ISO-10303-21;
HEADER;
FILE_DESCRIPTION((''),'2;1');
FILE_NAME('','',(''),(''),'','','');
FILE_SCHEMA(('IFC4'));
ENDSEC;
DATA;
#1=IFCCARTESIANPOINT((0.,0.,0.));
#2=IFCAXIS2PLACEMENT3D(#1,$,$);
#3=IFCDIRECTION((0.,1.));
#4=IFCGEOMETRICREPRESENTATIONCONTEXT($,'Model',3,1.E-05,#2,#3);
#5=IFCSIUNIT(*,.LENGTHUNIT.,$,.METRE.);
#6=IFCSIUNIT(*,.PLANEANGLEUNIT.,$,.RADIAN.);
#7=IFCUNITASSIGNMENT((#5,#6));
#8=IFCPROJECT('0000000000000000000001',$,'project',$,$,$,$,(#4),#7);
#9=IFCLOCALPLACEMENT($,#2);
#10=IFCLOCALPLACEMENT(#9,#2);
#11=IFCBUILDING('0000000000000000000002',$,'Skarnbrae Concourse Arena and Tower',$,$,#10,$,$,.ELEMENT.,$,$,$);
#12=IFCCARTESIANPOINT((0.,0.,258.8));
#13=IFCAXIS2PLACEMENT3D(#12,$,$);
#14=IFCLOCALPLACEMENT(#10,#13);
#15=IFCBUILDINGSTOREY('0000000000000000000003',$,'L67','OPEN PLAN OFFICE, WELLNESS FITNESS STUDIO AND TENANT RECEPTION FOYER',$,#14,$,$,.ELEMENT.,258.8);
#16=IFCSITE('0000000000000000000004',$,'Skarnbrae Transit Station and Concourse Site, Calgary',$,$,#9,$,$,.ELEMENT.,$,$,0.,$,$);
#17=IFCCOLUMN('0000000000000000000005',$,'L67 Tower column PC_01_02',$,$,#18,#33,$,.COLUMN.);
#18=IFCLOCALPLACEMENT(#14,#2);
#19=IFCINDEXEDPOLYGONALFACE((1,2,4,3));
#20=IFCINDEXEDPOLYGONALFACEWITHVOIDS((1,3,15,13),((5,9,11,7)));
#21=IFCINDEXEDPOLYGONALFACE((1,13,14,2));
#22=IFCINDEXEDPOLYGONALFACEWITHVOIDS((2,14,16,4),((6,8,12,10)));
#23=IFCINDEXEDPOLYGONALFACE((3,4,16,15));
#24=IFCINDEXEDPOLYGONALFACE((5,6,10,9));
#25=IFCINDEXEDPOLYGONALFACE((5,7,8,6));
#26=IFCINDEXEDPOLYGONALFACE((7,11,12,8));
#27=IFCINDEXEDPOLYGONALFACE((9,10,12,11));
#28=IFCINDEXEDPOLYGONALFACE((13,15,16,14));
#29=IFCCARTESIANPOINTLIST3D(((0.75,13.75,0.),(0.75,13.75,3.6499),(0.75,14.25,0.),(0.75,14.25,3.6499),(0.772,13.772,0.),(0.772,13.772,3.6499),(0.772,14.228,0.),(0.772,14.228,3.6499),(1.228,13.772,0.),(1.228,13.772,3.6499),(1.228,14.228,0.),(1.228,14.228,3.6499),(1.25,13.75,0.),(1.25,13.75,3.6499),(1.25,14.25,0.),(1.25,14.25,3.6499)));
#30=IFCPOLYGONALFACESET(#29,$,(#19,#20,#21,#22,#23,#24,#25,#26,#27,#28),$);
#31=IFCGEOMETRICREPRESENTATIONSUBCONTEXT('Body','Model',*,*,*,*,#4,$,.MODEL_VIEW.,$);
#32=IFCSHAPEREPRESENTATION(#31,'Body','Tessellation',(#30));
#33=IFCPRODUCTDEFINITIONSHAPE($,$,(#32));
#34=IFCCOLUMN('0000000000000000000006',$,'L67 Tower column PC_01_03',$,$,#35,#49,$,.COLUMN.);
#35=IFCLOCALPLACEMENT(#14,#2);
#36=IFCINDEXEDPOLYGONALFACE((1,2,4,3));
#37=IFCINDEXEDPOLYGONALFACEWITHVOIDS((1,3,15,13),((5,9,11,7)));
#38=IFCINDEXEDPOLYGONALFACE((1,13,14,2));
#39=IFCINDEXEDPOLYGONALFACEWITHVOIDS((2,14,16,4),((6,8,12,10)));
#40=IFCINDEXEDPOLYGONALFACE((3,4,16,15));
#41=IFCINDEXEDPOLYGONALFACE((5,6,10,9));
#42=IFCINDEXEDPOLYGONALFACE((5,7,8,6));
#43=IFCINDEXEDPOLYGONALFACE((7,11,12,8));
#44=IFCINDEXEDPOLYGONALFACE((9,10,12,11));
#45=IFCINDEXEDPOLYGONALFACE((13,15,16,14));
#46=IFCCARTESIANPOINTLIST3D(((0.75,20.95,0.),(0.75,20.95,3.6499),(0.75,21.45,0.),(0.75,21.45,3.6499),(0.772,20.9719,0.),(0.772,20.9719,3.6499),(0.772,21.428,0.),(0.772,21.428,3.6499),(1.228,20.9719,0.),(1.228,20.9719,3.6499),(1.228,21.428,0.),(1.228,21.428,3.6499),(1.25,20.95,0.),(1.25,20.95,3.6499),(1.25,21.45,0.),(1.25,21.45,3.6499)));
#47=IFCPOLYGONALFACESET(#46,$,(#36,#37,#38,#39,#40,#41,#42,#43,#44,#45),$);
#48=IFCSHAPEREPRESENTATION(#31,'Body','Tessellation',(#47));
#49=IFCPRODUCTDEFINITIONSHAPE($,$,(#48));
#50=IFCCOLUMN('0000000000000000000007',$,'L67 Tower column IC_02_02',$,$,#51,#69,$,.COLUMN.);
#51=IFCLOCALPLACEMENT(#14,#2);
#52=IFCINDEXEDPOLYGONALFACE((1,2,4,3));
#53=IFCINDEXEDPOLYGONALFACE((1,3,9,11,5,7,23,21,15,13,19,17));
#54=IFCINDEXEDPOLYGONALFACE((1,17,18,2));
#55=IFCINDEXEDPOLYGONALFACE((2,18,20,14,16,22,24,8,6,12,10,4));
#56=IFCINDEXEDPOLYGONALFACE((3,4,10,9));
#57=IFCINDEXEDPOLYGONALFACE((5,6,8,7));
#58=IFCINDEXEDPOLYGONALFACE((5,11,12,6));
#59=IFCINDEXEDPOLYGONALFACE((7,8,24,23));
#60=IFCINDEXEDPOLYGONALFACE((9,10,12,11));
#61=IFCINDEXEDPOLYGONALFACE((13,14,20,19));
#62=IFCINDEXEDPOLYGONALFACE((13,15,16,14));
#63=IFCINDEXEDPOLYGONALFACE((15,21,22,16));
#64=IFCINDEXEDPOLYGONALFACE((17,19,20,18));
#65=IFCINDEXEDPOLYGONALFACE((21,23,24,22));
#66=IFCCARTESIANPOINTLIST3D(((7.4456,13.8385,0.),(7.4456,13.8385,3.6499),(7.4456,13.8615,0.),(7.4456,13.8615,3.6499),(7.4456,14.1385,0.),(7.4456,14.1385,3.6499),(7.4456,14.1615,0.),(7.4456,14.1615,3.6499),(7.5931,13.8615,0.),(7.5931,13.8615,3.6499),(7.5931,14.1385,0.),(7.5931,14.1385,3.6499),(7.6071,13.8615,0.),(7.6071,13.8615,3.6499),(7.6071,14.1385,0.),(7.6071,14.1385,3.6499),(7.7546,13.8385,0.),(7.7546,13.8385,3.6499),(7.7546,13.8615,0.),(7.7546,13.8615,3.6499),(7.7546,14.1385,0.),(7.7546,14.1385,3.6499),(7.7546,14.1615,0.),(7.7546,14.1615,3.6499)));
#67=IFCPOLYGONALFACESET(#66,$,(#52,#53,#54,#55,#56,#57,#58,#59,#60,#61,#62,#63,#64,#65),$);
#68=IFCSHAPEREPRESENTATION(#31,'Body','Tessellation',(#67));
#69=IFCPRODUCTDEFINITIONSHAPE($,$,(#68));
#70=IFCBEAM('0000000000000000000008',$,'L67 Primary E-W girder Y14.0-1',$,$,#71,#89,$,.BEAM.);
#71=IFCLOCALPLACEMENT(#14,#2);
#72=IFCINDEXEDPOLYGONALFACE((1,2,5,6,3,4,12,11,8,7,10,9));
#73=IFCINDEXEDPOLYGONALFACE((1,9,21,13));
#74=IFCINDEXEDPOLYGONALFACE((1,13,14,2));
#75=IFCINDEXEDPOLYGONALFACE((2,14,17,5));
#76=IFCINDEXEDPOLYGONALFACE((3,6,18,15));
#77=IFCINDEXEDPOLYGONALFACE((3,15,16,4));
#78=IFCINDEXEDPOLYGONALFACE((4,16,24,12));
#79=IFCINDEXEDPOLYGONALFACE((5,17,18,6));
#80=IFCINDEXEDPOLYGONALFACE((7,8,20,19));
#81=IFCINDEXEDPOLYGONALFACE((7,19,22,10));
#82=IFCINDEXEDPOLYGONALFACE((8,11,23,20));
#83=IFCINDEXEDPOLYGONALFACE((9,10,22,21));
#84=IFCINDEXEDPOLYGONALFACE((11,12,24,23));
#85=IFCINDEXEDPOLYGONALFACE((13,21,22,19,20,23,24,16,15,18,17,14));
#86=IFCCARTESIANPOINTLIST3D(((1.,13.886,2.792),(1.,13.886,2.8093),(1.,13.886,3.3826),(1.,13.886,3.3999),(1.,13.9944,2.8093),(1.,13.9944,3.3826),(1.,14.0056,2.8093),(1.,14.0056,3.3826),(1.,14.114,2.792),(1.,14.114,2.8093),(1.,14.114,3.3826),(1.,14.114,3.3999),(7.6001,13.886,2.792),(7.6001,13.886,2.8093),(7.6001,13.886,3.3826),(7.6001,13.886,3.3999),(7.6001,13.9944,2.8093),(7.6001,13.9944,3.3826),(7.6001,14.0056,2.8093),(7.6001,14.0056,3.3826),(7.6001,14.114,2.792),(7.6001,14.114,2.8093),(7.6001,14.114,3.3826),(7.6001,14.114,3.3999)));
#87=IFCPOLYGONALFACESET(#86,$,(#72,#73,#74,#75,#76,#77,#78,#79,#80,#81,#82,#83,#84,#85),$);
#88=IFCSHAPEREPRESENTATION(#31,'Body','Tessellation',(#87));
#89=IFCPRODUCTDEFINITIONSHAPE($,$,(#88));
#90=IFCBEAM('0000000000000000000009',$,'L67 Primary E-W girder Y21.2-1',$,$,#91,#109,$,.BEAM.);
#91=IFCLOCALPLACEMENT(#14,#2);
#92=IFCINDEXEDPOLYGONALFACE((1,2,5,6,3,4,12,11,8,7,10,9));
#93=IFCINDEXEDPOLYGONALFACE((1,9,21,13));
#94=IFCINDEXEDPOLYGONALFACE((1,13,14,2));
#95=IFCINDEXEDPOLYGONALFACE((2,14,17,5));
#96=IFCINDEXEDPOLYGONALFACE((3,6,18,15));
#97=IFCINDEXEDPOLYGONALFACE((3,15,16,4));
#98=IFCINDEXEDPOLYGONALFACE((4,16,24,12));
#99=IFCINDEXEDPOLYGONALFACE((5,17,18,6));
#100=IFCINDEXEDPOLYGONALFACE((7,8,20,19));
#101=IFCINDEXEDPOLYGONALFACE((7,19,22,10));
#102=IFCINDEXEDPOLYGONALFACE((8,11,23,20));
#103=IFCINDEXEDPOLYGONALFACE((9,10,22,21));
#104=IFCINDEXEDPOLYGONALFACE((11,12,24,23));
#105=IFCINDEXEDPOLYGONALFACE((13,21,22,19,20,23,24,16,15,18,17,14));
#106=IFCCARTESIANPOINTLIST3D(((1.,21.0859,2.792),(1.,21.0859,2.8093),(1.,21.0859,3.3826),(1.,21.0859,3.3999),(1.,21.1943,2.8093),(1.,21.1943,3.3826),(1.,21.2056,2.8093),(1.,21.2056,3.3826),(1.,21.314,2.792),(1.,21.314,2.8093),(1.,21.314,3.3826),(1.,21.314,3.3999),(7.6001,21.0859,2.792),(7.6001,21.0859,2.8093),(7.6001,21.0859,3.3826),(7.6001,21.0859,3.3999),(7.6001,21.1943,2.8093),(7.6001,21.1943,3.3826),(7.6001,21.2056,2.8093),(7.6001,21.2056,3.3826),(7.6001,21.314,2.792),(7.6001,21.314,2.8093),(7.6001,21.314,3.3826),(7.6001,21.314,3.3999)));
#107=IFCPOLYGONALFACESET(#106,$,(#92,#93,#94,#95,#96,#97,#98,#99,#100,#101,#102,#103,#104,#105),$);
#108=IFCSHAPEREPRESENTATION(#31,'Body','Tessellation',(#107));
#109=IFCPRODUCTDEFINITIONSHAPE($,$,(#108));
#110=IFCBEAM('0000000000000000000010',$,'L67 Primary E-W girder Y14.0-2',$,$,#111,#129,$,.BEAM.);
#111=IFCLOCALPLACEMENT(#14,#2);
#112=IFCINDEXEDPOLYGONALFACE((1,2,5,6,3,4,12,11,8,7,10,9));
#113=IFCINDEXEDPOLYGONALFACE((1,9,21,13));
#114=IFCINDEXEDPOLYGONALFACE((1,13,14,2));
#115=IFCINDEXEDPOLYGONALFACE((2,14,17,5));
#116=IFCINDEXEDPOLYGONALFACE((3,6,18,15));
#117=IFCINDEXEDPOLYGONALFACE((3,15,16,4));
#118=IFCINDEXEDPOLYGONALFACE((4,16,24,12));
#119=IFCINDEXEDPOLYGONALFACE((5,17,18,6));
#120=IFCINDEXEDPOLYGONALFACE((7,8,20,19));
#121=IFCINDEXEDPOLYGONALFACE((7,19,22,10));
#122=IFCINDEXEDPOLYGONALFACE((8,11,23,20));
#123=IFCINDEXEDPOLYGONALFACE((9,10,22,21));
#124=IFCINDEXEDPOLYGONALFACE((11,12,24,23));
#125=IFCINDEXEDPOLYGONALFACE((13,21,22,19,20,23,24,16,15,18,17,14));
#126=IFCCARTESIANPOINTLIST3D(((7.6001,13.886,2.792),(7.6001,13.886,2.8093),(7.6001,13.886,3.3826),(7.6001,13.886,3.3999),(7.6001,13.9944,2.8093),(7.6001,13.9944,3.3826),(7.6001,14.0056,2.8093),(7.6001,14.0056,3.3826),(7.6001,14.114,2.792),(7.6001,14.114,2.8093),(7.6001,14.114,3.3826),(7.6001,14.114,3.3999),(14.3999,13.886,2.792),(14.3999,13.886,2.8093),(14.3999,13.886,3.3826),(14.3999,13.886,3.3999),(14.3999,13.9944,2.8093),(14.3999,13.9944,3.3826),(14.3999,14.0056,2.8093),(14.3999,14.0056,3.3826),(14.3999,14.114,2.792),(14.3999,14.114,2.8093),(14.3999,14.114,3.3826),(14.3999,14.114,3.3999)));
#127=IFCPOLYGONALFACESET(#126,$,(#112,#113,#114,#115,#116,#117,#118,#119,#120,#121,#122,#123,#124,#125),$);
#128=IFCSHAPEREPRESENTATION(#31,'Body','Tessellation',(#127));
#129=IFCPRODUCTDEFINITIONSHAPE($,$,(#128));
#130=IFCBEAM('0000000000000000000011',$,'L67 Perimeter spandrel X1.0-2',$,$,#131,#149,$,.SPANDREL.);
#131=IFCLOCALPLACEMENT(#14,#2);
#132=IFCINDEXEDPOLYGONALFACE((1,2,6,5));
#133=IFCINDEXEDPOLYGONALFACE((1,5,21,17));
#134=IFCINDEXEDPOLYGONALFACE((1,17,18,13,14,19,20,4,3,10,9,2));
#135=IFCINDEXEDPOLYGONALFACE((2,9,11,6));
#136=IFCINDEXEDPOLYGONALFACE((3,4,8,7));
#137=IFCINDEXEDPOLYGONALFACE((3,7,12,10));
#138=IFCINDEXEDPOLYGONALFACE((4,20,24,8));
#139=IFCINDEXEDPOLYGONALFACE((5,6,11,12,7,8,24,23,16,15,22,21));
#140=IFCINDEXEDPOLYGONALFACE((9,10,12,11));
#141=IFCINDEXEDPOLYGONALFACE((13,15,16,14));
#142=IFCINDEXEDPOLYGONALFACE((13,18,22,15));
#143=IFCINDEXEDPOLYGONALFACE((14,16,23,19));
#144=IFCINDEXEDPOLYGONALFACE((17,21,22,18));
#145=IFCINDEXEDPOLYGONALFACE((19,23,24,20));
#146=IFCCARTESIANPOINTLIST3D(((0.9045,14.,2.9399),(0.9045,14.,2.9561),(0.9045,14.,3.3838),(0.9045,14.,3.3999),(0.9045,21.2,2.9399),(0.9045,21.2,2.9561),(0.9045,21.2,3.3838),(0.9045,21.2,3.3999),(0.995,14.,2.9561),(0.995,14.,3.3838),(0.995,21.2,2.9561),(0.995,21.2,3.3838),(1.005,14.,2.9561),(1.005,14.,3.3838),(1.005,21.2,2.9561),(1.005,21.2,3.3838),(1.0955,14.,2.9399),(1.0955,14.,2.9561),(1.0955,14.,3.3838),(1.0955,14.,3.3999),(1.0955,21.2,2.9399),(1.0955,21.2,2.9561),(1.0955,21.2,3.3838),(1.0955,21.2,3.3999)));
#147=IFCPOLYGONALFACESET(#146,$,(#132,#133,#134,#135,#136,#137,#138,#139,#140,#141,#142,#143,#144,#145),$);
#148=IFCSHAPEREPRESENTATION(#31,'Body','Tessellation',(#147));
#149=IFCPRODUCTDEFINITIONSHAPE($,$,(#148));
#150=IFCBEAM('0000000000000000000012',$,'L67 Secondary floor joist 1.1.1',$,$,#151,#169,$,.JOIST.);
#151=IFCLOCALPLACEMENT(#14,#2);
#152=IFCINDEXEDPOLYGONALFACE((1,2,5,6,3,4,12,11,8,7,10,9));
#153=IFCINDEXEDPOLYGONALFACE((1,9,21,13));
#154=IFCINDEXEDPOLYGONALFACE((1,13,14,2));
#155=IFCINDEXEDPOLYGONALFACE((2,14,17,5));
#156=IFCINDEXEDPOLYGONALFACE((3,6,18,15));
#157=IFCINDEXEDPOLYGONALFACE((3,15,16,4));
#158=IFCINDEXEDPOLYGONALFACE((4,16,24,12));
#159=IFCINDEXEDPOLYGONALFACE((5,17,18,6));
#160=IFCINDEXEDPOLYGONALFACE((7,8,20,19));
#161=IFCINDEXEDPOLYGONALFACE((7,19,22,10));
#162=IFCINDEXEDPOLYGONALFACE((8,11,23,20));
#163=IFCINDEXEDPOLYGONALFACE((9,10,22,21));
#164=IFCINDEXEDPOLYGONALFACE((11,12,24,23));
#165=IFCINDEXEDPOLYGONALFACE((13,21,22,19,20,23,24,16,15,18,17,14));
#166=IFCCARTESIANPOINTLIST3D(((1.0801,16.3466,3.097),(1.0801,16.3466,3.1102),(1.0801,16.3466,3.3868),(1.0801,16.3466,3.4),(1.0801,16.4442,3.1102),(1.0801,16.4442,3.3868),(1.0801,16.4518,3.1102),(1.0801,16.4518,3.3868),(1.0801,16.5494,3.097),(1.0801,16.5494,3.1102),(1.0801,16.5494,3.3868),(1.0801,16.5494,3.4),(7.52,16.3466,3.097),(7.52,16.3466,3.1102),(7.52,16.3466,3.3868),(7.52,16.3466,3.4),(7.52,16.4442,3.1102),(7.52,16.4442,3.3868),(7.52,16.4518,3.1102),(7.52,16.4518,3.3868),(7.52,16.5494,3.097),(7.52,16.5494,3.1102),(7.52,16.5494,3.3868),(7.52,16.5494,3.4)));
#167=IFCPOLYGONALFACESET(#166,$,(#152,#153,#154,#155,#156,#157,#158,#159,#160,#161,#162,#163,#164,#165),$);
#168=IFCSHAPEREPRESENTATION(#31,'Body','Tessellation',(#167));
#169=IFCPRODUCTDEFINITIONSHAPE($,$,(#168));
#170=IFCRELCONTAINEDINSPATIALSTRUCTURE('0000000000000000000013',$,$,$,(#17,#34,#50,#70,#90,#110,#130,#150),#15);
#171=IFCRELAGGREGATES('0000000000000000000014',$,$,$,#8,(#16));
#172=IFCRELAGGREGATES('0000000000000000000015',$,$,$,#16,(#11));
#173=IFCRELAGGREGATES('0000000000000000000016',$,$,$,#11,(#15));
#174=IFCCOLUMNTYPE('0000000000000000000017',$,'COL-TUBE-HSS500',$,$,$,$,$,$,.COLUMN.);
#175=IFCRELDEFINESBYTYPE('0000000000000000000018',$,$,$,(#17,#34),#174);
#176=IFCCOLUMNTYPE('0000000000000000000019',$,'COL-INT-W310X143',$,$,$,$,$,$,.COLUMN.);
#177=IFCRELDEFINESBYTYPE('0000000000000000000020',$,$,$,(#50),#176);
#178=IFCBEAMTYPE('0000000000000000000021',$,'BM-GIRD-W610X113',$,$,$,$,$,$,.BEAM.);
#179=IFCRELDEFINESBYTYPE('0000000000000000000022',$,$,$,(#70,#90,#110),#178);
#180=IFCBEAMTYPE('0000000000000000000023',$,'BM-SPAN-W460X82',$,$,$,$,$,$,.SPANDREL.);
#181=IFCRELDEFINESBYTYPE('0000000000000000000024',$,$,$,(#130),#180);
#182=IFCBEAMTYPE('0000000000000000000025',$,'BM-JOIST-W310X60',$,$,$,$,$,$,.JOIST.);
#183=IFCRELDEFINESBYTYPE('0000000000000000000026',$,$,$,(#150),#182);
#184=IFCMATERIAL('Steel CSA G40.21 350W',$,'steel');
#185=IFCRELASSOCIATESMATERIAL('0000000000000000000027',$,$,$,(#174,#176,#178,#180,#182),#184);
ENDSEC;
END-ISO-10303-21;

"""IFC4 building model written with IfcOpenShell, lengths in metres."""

from ifc_helpers import new_model, si_unit, direction, frame, origin, origin_2d, place, context, subcontext, project, spatial, hollow_rectangle, i_section, extrude, source, transform, mapped, material, material_profile, profile_set, type_object, element, save


model = new_model("IFC4")

# Units and contexts
model_context = context("Model", 3, precision=1e-05, world=origin(), true_north=direction((0.0, 1.0)))
body_context = subcontext(model_context, "Body", "Model", "MODEL_VIEW")
ifc_project = project(units=[si_unit("LENGTHUNIT", "METRE"), si_unit("PLANEANGLEUNIT", "RADIAN")], contexts=[model_context])

# Site, building, storey
site_placement = place(None, origin())
site = spatial("IfcSite", under=ifc_project, at=site_placement, Name="Skarnbrae Transit Station and Concourse Site, Calgary", CompositionType="ELEMENT", RefElevation=0.0)
building_placement = place(site_placement, origin())
building = spatial("IfcBuilding", under=site, at=building_placement, Name="Skarnbrae Concourse Arena and Tower", CompositionType="ELEMENT")
storey_placement = place(building_placement, frame((0.0, 0.0, 258.8)))
storey = spatial("IfcBuildingStorey", under=building, at=storey_placement, Name="L67", Description="OPEN PLAN OFFICE, WELLNESS FITNESS STUDIO AND TENANT RECEPTION FOYER", CompositionType="ELEMENT", Elevation=258.8)

# Columns
ifc_material_1 = material(Name="Steel CSA G40.21 350W", Category="steel")
ifc_material_profile_1 = material_profile(ifc_material_1, hollow_rectangle(XDim=0.5, YDim=0.5, WallThickness=0.022, at=origin_2d()), Name="HSS500X500X22.0")
ifc_profile_set_1 = profile_set([ifc_material_profile_1], Name="Steel CSA G40.21 350W")
column_type_1 = type_object("IfcColumnType", Name="COL-TUBE-HSS500", PredefinedType="COLUMN", material=ifc_profile_set_1)
shared_shape_1 = source(origin(), body_context, "Body", "SweptSolid", [
    extrude(hollow_rectangle(XDim=0.5, YDim=0.5, WallThickness=0.022, at=origin_2d()), origin(), (0.0, 0.0, 1.0), 3.6499),
])
for number, where, z_axis, x_axis, name in (
    (1, (1.0, 14.0, 0.0), (0.0, 0.0, 1.0), (1.0, 0.0, 0.0), "L67 Tower column PC_01_02"),
    (2, (1.0, 21.2, 0.0), (0.0, 0.0, 1.0), (1.0, 0.0, 0.0), "L67 Tower column PC_01_03"),
):
    element("IfcColumn", number, at=place(storey_placement, frame(where, z_axis=z_axis, x_axis=x_axis)), inside=storey, type_object=column_type_1, Name=name, PredefinedType="COLUMN", context=body_context, shape_type="MappedRepresentation", body=[
        mapped(shared_shape_1, transform((0.0, 0.0, 0.0))),
    ])
ifc_material_profile_2 = material_profile(ifc_material_1, i_section(OverallWidth=0.3091, OverallDepth=0.323, WebThickness=0.0139, FlangeThickness=0.0229, at=origin_2d()), Name="W310X143")
ifc_profile_set_2 = profile_set([ifc_material_profile_2], Name="Steel CSA G40.21 350W")
column_type_2 = type_object("IfcColumnType", Name="COL-INT-W310X143", PredefinedType="COLUMN", material=ifc_profile_set_2)
shared_shape_2 = source(origin(), body_context, "Body", "SweptSolid", [
    extrude(i_section(OverallWidth=0.3091, OverallDepth=0.323, WebThickness=0.0139, FlangeThickness=0.0229, at=origin_2d()), origin(), (0.0, 0.0, 1.0), 3.6499),
])
column_placement = place(storey_placement, frame((7.6001, 14.0, 0.0), z_axis=(0.0, 0.0, 1.0), x_axis=(1.0, 0.0, 0.0)))
element("IfcColumn", 3, at=column_placement, inside=storey, type_object=column_type_2, Name="L67 Tower column IC_02_02", PredefinedType="COLUMN", context=body_context, shape_type="MappedRepresentation", body=[
    mapped(shared_shape_2, transform((0.0, 0.0, 0.0))),
])

# Beams
ifc_material_profile_3 = material_profile(ifc_material_1, i_section(OverallWidth=0.228, OverallDepth=0.6079, WebThickness=0.0112, FlangeThickness=0.0173, at=origin_2d()), Name="W610X113")
ifc_profile_set_3 = profile_set([ifc_material_profile_3], Name="Steel CSA G40.21 350W")
beam_type_1 = type_object("IfcBeamType", Name="BM-GIRD-W610X113", PredefinedType="BEAM", material=ifc_profile_set_3)
shared_shape_3 = source(origin(), body_context, "Body", "SweptSolid", [
    extrude(i_section(OverallWidth=0.228, OverallDepth=0.6079, WebThickness=0.0112, FlangeThickness=0.0173, at=origin_2d()), origin(), (0.0, 0.0, 1.0), 6.6001),
])
for number, where, z_axis, x_axis, name in (
    (4, (1.0, 14.0, 3.0959), (1.0, 0.0, 0.0), (0.0, 1.0, 0.0), "L67 Primary E-W girder Y14.0-1"),
    (5, (1.0, 21.2, 3.0959), (1.0, 0.0, 0.0), (0.0, 1.0, 0.0), "L67 Primary E-W girder Y21.2-1"),
):
    element("IfcBeam", number, at=place(storey_placement, frame(where, z_axis=z_axis, x_axis=x_axis)), inside=storey, type_object=beam_type_1, Name=name, PredefinedType="BEAM", context=body_context, shape_type="MappedRepresentation", body=[
        mapped(shared_shape_3, transform((0.0, 0.0, 0.0))),
    ])
shared_shape_4 = source(origin(), body_context, "Body", "SweptSolid", [
    extrude(i_section(OverallWidth=0.228, OverallDepth=0.6079, WebThickness=0.0112, FlangeThickness=0.0173, at=origin_2d()), origin(), (0.0, 0.0, 1.0), 6.7998),
])
beam_1_placement = place(storey_placement, frame((7.6001, 14.0, 3.0959), z_axis=(1.0, 0.0, 0.0), x_axis=(0.0, 1.0, 0.0)))
element("IfcBeam", 6, at=beam_1_placement, inside=storey, type_object=beam_type_1, Name="L67 Primary E-W girder Y14.0-2", PredefinedType="BEAM", context=body_context, shape_type="MappedRepresentation", body=[
    mapped(shared_shape_4, transform((0.0, 0.0, 0.0))),
])
ifc_material_profile_4 = material_profile(ifc_material_1, i_section(OverallWidth=0.1909, OverallDepth=0.46, WebThickness=0.01, FlangeThickness=0.0161, at=origin_2d()), Name="W460X82")
ifc_profile_set_4 = profile_set([ifc_material_profile_4], Name="Steel CSA G40.21 350W")
beam_type_2 = type_object("IfcBeamType", Name="BM-SPAN-W460X82", PredefinedType="SPANDREL", material=ifc_profile_set_4)
shared_shape_5 = source(origin(), body_context, "Body", "SweptSolid", [
    extrude(i_section(OverallWidth=0.1909, OverallDepth=0.46, WebThickness=0.01, FlangeThickness=0.0161, at=origin_2d()), origin(), (0.0, 0.0, 1.0), 7.2),
])
beam_2_placement = place(storey_placement, frame((1.0, 14.0, 3.1699), z_axis=(0.0, 1.0, 0.0), x_axis=(-1.0, 0.0, 0.0)))
element("IfcBeam", 7, at=beam_2_placement, inside=storey, type_object=beam_type_2, Name="L67 Perimeter spandrel X1.0-2", PredefinedType="SPANDREL", context=body_context, shape_type="MappedRepresentation", body=[
    mapped(shared_shape_5, transform((0.0, 0.0, 0.0))),
])
ifc_material_profile_5 = material_profile(ifc_material_1, i_section(OverallWidth=0.2029, OverallDepth=0.303, WebThickness=0.0076, FlangeThickness=0.0132, at=origin_2d()), Name="W310X60")
ifc_profile_set_5 = profile_set([ifc_material_profile_5], Name="Steel CSA G40.21 350W")
beam_type_3 = type_object("IfcBeamType", Name="BM-JOIST-W310X60", PredefinedType="JOIST", material=ifc_profile_set_5)
shared_shape_6 = source(origin(), body_context, "Body", "SweptSolid", [
    extrude(i_section(OverallWidth=0.2029, OverallDepth=0.303, WebThickness=0.0076, FlangeThickness=0.0132, at=origin_2d()), origin(), (0.0, 0.0, 1.0), 6.4399),
])
for number, where, z_axis, x_axis, name in (
    (8, (1.0801, 16.448, 3.2485), (1.0, 0.0, 0.0), (0.0, 1.0, 0.0), "L67 Secondary floor joist 1.1.1"),
):
    element("IfcBeam", number, at=place(storey_placement, frame(where, z_axis=z_axis, x_axis=x_axis)), inside=storey, type_object=beam_type_3, Name=name, PredefinedType="JOIST", context=body_context, shape_type="MappedRepresentation", body=[
        mapped(shared_shape_6, transform((0.0, 0.0, 0.0))),
    ])

save(model, "model.ifc")
